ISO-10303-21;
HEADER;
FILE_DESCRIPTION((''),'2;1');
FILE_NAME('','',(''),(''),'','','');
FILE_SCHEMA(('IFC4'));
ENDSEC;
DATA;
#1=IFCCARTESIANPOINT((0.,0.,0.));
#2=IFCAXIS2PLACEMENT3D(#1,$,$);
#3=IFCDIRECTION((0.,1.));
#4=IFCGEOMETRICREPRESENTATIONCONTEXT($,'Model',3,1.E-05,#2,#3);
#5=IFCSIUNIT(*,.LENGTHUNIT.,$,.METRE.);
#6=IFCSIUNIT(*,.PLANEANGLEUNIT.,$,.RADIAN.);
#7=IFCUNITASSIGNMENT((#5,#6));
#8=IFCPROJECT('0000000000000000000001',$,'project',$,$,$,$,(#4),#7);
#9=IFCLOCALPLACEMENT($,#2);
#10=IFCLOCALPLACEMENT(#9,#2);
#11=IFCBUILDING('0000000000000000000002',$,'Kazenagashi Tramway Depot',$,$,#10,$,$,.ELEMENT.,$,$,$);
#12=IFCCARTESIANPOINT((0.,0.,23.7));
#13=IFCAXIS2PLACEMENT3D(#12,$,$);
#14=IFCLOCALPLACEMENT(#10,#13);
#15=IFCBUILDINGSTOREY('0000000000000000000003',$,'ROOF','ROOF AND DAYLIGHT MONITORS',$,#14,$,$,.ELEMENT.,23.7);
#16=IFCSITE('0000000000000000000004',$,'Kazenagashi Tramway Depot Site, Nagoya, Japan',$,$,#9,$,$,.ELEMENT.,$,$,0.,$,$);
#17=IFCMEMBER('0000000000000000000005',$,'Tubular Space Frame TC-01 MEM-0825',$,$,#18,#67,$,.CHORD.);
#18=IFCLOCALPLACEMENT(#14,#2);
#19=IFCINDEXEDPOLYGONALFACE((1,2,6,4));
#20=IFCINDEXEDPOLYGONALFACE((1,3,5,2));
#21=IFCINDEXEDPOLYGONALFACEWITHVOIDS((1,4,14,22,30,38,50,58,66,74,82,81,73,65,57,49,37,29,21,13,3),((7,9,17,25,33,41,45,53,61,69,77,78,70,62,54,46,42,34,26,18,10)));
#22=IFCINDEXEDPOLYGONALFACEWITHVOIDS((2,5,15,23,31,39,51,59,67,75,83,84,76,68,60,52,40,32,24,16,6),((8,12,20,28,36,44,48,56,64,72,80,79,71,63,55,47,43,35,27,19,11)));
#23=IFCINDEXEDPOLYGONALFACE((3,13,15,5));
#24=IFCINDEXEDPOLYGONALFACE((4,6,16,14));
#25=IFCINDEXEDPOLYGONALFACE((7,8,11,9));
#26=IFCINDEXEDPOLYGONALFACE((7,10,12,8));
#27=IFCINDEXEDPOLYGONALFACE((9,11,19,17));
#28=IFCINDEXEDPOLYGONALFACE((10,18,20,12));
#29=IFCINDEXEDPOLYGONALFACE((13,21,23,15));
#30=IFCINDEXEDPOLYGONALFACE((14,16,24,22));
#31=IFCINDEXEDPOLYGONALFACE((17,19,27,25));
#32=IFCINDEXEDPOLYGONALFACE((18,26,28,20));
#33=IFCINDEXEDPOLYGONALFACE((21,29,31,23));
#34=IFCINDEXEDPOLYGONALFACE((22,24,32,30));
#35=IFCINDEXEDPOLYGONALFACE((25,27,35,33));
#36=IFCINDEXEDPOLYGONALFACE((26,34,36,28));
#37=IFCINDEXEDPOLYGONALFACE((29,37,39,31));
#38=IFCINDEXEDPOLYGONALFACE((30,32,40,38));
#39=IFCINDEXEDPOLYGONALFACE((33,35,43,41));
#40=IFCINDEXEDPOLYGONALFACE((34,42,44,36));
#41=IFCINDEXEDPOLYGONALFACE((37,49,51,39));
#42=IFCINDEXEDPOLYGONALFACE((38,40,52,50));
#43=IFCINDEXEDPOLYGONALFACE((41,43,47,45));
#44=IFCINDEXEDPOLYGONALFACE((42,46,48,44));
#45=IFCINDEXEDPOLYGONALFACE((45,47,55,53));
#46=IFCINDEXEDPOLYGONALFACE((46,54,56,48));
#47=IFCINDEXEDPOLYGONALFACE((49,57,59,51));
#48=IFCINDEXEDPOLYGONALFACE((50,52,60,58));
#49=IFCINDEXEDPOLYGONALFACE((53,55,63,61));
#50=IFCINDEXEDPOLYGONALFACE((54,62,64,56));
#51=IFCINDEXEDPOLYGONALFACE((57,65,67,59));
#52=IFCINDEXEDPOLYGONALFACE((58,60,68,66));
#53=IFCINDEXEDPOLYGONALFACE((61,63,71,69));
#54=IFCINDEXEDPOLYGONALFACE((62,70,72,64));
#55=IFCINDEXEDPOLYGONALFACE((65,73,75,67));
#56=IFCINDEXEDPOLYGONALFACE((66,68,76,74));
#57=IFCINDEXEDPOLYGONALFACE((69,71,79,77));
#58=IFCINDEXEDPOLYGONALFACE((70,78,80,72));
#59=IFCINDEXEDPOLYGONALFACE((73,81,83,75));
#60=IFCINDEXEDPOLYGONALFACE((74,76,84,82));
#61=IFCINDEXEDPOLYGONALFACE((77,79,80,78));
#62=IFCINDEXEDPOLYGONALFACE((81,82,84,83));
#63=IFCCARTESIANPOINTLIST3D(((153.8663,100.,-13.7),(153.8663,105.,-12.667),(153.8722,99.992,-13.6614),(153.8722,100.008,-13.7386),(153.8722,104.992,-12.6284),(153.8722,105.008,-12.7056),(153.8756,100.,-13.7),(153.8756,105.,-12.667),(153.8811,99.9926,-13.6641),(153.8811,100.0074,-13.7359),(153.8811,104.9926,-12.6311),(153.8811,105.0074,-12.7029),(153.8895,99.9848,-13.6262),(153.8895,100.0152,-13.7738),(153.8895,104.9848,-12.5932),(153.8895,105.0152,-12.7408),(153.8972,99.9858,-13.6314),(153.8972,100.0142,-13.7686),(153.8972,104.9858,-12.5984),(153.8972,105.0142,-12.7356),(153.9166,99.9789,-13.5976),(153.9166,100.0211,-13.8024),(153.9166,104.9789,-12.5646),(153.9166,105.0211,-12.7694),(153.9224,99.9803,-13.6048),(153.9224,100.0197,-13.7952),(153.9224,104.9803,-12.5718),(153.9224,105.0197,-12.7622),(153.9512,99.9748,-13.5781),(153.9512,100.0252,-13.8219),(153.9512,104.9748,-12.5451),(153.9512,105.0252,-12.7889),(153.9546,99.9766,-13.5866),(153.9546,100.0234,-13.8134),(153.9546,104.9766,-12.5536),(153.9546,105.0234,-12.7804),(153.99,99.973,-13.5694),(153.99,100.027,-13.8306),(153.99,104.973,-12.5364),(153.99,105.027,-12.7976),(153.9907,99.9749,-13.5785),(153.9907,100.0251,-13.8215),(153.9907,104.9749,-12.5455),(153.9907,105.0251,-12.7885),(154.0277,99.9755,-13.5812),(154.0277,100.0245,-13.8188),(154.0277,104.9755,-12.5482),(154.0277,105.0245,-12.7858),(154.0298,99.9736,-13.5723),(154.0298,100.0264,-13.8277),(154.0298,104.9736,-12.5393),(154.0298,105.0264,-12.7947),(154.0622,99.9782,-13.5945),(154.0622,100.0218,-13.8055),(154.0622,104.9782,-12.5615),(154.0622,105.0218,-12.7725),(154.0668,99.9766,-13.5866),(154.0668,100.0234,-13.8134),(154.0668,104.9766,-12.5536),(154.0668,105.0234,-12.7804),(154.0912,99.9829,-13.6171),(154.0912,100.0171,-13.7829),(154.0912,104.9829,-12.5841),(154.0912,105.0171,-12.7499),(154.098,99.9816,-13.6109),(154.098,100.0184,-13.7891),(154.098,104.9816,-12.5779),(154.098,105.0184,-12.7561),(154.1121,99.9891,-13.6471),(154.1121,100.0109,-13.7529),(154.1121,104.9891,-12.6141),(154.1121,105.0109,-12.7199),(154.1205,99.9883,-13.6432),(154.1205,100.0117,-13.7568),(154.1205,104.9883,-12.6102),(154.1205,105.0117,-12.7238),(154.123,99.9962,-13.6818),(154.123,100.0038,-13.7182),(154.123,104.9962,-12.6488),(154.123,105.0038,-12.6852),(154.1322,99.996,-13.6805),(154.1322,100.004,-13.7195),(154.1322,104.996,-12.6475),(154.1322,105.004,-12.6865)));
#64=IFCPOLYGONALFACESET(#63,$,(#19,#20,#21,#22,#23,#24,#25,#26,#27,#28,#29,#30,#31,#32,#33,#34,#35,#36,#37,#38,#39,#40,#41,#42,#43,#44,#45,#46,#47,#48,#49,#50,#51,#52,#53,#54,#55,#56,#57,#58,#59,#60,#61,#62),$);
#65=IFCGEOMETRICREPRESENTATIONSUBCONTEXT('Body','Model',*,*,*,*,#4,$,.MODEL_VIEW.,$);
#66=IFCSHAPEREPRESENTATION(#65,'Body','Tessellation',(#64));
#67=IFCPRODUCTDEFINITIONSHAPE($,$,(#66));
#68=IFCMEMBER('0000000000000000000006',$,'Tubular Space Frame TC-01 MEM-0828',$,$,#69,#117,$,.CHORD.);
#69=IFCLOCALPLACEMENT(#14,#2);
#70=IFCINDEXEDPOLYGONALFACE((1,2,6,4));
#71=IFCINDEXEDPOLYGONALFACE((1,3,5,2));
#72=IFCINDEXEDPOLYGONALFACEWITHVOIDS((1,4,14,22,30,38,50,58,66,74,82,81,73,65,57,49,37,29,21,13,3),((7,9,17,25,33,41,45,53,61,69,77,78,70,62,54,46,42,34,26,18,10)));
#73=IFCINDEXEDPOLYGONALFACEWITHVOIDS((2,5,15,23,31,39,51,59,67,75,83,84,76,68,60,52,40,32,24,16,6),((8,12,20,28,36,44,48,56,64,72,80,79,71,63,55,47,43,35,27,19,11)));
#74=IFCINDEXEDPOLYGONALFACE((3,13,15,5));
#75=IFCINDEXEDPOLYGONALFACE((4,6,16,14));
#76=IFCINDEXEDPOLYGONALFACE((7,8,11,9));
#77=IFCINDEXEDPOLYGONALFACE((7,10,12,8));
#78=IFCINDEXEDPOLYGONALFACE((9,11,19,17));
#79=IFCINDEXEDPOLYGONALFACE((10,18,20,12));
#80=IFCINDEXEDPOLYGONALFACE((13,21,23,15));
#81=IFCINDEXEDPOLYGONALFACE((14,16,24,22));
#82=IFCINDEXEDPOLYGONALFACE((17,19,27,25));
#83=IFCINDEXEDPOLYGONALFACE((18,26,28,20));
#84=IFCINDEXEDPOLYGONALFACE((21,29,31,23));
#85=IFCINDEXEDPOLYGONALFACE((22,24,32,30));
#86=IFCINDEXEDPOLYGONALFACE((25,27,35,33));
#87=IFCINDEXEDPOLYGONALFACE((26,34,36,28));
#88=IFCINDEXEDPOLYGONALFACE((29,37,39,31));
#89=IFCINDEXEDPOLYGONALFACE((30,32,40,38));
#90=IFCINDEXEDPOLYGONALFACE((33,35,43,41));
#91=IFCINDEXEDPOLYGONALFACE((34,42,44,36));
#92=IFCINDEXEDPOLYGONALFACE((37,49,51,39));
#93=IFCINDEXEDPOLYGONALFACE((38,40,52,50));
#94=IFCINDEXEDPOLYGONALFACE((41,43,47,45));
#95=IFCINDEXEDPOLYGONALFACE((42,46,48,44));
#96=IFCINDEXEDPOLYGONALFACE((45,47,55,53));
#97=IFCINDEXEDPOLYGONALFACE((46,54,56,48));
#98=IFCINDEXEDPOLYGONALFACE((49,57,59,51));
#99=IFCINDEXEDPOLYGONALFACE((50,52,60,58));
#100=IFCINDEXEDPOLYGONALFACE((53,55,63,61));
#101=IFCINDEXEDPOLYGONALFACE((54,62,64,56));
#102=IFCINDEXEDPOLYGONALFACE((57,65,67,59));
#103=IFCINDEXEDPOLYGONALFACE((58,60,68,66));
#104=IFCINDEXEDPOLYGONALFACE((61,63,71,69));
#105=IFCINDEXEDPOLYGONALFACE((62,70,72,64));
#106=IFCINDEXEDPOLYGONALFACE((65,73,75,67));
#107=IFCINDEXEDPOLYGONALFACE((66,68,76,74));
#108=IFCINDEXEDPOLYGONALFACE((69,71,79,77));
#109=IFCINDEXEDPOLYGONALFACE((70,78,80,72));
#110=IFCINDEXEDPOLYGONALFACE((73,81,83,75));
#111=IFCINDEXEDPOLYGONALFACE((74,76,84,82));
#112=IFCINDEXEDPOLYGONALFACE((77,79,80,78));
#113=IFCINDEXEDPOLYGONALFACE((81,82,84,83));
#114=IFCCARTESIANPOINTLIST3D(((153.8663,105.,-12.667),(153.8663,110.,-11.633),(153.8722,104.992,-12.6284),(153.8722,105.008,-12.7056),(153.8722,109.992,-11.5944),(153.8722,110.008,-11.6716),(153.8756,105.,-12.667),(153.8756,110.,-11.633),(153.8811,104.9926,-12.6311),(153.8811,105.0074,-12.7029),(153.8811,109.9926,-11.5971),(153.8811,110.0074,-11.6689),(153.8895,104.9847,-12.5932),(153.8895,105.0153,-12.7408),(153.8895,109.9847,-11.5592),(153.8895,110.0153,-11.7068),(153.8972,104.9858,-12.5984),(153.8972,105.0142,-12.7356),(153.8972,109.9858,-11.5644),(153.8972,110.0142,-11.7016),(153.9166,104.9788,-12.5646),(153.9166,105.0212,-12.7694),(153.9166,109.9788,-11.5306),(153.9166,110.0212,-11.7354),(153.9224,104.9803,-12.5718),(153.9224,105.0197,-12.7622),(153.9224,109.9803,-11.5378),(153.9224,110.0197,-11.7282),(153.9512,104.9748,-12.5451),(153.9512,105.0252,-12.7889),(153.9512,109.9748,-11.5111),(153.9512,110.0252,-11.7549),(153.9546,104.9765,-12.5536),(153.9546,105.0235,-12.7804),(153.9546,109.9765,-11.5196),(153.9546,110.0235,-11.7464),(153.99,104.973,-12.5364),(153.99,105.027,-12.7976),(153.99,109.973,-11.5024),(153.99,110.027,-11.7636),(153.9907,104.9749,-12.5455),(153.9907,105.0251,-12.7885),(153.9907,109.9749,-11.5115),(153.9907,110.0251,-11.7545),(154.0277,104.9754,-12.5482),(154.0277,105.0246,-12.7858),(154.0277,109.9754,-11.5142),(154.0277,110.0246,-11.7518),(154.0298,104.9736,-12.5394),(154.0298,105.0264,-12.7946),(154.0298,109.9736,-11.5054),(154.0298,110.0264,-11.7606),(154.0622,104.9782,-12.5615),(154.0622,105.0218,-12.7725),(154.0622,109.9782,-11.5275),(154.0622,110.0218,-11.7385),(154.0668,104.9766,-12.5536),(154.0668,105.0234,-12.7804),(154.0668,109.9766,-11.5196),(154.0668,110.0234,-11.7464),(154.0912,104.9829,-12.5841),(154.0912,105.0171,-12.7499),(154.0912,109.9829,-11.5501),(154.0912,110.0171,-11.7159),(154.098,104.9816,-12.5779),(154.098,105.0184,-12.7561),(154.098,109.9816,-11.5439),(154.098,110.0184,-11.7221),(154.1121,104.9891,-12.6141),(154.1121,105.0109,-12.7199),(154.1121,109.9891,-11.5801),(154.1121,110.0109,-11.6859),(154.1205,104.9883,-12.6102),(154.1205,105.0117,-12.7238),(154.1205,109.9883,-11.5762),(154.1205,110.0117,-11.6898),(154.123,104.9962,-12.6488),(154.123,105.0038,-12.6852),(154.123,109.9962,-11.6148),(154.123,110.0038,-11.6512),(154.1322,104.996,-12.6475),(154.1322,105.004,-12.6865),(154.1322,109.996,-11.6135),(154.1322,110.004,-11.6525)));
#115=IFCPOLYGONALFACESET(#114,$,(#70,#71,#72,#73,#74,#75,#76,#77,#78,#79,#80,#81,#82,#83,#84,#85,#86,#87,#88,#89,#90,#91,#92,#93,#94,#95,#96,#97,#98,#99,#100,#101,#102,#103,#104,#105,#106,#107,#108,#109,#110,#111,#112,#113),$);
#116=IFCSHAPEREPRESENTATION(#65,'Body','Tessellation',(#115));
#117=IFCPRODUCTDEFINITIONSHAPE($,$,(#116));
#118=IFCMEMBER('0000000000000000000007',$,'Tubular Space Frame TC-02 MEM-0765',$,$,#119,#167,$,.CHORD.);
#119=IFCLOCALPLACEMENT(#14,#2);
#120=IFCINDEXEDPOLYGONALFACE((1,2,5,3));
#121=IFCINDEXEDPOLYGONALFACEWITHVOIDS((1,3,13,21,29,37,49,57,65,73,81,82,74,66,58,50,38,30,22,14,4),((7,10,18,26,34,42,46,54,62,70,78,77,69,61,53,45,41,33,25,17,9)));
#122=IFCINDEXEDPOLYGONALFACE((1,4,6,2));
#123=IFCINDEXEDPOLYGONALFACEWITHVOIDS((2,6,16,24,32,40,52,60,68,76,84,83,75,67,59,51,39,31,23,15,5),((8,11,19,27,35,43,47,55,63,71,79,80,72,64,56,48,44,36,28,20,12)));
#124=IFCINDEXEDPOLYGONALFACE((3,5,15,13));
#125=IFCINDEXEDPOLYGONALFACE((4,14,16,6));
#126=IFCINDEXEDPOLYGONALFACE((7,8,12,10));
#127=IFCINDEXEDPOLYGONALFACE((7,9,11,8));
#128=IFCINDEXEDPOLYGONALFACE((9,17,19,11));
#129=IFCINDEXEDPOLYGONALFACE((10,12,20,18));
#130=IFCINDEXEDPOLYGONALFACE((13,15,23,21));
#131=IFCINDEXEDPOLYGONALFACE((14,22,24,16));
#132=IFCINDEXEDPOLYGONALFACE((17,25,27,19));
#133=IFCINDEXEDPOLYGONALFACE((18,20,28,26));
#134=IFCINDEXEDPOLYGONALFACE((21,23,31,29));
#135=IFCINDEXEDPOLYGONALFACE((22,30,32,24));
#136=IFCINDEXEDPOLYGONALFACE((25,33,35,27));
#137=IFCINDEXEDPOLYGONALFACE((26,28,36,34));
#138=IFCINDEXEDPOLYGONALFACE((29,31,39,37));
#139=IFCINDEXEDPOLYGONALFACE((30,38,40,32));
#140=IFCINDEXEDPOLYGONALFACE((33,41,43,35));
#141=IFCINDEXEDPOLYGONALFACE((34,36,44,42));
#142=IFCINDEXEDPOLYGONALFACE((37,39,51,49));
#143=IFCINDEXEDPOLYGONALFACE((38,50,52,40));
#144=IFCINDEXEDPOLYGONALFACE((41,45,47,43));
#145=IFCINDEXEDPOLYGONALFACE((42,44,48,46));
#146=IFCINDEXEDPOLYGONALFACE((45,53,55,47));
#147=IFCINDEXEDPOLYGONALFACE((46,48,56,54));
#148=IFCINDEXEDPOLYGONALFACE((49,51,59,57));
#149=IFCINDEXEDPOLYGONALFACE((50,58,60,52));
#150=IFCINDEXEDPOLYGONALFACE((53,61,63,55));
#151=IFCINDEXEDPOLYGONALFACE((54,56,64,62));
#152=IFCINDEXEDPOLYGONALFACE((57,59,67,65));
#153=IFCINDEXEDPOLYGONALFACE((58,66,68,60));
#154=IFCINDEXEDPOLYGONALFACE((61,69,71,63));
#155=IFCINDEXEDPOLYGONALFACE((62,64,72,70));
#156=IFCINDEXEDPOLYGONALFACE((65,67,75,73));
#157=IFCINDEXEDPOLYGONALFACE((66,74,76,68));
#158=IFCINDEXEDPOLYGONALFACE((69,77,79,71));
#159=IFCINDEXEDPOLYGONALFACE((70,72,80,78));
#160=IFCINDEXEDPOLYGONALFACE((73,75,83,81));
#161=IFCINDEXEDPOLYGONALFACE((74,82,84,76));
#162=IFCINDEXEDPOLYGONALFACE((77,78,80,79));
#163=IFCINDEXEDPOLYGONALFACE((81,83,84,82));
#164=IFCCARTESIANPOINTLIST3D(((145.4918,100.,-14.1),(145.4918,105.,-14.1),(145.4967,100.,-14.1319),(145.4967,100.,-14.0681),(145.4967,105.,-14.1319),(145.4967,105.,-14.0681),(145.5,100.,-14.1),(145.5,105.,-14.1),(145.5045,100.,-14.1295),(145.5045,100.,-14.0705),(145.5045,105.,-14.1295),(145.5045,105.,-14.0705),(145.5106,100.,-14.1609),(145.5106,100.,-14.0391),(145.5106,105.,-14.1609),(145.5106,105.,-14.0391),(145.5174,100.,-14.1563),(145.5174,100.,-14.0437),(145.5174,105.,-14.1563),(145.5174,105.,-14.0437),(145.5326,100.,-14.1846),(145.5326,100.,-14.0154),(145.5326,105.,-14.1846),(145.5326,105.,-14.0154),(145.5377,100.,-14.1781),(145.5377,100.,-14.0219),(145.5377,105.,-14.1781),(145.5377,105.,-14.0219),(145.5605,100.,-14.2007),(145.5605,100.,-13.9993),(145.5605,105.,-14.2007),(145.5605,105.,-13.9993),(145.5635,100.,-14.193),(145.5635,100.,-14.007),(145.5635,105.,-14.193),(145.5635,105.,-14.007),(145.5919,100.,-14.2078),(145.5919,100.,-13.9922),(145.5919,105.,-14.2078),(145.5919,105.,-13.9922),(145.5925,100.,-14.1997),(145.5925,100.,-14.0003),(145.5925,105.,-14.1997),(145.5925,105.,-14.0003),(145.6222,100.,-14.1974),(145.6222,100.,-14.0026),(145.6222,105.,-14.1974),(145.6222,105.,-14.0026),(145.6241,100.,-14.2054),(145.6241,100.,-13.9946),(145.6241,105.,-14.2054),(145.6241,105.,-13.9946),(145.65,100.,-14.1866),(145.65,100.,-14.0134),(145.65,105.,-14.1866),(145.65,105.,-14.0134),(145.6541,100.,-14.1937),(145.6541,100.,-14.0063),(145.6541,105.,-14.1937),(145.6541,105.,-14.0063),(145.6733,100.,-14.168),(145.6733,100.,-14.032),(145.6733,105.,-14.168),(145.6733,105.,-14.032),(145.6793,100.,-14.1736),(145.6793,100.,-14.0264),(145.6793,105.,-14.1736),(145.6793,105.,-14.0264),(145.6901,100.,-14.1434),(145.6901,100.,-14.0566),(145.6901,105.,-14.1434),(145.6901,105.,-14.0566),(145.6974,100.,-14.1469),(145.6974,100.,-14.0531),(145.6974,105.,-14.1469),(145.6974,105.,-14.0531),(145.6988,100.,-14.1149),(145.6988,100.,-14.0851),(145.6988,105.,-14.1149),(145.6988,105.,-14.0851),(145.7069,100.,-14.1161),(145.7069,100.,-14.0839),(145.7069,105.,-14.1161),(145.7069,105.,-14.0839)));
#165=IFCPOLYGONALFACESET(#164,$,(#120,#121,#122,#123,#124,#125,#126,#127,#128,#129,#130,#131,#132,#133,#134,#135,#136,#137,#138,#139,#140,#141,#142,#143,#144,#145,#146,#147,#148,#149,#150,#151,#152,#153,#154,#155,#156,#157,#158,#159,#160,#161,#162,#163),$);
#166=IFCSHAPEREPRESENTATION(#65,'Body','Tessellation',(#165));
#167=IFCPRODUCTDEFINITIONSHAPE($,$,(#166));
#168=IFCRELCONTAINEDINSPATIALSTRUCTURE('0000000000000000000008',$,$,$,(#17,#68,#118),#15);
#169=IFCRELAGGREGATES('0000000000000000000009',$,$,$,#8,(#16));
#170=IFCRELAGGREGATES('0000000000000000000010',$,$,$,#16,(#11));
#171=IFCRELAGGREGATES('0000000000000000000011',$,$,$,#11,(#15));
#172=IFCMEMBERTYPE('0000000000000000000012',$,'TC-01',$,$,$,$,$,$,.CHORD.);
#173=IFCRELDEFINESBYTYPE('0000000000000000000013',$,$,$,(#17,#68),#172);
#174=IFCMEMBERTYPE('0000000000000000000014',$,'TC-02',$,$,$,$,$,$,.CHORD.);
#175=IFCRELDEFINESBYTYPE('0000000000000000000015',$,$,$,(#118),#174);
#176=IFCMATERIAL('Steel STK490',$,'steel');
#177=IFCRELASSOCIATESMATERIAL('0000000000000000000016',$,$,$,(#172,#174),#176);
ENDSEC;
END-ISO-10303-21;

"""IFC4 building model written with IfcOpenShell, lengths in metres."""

from ifc_helpers import new_model, si_unit, direction, frame, origin, origin_2d, place, context, subcontext, project, spatial, hollow_circle, extrude, material, material_profile, profile_set, type_object, element, save


model = new_model("IFC4")

# Units and contexts
model_context = context("Model", 3, precision=1e-05, world=origin(), true_north=direction((0.0, 1.0)))
body_context = subcontext(model_context, "Body", "Model", "MODEL_VIEW")
ifc_project = project(units=[si_unit("LENGTHUNIT", "METRE"), si_unit("PLANEANGLEUNIT", "RADIAN")], contexts=[model_context])

# Site, building, storey
site_placement = place(None, origin())
site = spatial("IfcSite", under=ifc_project, at=site_placement, Name="Kazenagashi Tramway Depot Site, Nagoya, Japan", CompositionType="ELEMENT", RefElevation=0.0)
building_placement = place(site_placement, origin())
building = spatial("IfcBuilding", under=site, at=building_placement, Name="Kazenagashi Tramway Depot", CompositionType="ELEMENT")
storey_placement = place(building_placement, frame((0.0, 0.0, 23.7)))
storey = spatial("IfcBuildingStorey", under=building, at=storey_placement, Name="ROOF", Description="ROOF AND DAYLIGHT MONITORS", CompositionType="ELEMENT", Elevation=23.7)

# Members
ifc_material_1 = material(Name="Steel STK490", Category="steel")
ifc_material_profile_1 = material_profile(ifc_material_1, hollow_circle(Radius=0.1337, WallThickness=0.0093, at=origin_2d()), Name="CHS-267.4x9.3")
ifc_profile_set_1 = profile_set([ifc_material_profile_1], Name="Steel STK490")
member_type_1 = type_object("IfcMemberType", Name="TC-01", PredefinedType="CHORD", material=ifc_profile_set_1)
for number, where, z_axis, x_axis, name in (
    (1, (154.0, 100.0, -13.7), (0.0, 0.979318, 0.202327), (-1.0, 0.0, 0.0), "Tubular Space Frame TC-01 MEM-0825"),
):
    element("IfcMember", number, at=place(storey_placement, frame(where, z_axis=z_axis, x_axis=x_axis)), inside=storey, type_object=member_type_1, Name=name, PredefinedType="CHORD", context=body_context, shape_type="SweptSolid", body=[
        extrude(hollow_circle(Radius=0.1337, WallThickness=0.0093, at=origin_2d()), origin(), (0.0, 0.0, 1.0), 5.1056),
    ])
member_1_placement = place(storey_placement, frame((154.0, 105.0, -12.667), z_axis=(0.0, 0.979279, 0.202515), x_axis=(-1.0, 0.0, 0.0)))
element("IfcMember", 2, at=member_1_placement, inside=storey, type_object=member_type_1, Name="Tubular Space Frame TC-01 MEM-0828", PredefinedType="CHORD", context=body_context, shape_type="SweptSolid", body=[
    extrude(hollow_circle(Radius=0.1337, WallThickness=0.0093, at=origin_2d()), origin(), (0.0, 0.0, 1.0), 5.1058),
])
ifc_material_profile_2 = material_profile(ifc_material_1, hollow_circle(Radius=0.1081, WallThickness=0.0082, at=origin_2d()), Name="CHS-216.3x8.2")
ifc_profile_set_2 = profile_set([ifc_material_profile_2], Name="Steel STK490")
member_type_2 = type_object("IfcMemberType", Name="TC-02", PredefinedType="CHORD", material=ifc_profile_set_2)
for number, where, z_axis, x_axis, name in (
    (3, (145.6, 100.0, -14.1), (0.0, 1.0, 0.0), (-1.0, 0.0, 0.0), "Tubular Space Frame TC-02 MEM-0765"),
):
    element("IfcMember", number, at=place(storey_placement, frame(where, z_axis=z_axis, x_axis=x_axis)), inside=storey, type_object=member_type_2, Name=name, PredefinedType="CHORD", context=body_context, shape_type="SweptSolid", body=[
        extrude(hollow_circle(Radius=0.1081, WallThickness=0.0082, at=origin_2d()), origin(), (0.0, 0.0, 1.0), 5.0),
    ])

save(model, "model.ifc")
